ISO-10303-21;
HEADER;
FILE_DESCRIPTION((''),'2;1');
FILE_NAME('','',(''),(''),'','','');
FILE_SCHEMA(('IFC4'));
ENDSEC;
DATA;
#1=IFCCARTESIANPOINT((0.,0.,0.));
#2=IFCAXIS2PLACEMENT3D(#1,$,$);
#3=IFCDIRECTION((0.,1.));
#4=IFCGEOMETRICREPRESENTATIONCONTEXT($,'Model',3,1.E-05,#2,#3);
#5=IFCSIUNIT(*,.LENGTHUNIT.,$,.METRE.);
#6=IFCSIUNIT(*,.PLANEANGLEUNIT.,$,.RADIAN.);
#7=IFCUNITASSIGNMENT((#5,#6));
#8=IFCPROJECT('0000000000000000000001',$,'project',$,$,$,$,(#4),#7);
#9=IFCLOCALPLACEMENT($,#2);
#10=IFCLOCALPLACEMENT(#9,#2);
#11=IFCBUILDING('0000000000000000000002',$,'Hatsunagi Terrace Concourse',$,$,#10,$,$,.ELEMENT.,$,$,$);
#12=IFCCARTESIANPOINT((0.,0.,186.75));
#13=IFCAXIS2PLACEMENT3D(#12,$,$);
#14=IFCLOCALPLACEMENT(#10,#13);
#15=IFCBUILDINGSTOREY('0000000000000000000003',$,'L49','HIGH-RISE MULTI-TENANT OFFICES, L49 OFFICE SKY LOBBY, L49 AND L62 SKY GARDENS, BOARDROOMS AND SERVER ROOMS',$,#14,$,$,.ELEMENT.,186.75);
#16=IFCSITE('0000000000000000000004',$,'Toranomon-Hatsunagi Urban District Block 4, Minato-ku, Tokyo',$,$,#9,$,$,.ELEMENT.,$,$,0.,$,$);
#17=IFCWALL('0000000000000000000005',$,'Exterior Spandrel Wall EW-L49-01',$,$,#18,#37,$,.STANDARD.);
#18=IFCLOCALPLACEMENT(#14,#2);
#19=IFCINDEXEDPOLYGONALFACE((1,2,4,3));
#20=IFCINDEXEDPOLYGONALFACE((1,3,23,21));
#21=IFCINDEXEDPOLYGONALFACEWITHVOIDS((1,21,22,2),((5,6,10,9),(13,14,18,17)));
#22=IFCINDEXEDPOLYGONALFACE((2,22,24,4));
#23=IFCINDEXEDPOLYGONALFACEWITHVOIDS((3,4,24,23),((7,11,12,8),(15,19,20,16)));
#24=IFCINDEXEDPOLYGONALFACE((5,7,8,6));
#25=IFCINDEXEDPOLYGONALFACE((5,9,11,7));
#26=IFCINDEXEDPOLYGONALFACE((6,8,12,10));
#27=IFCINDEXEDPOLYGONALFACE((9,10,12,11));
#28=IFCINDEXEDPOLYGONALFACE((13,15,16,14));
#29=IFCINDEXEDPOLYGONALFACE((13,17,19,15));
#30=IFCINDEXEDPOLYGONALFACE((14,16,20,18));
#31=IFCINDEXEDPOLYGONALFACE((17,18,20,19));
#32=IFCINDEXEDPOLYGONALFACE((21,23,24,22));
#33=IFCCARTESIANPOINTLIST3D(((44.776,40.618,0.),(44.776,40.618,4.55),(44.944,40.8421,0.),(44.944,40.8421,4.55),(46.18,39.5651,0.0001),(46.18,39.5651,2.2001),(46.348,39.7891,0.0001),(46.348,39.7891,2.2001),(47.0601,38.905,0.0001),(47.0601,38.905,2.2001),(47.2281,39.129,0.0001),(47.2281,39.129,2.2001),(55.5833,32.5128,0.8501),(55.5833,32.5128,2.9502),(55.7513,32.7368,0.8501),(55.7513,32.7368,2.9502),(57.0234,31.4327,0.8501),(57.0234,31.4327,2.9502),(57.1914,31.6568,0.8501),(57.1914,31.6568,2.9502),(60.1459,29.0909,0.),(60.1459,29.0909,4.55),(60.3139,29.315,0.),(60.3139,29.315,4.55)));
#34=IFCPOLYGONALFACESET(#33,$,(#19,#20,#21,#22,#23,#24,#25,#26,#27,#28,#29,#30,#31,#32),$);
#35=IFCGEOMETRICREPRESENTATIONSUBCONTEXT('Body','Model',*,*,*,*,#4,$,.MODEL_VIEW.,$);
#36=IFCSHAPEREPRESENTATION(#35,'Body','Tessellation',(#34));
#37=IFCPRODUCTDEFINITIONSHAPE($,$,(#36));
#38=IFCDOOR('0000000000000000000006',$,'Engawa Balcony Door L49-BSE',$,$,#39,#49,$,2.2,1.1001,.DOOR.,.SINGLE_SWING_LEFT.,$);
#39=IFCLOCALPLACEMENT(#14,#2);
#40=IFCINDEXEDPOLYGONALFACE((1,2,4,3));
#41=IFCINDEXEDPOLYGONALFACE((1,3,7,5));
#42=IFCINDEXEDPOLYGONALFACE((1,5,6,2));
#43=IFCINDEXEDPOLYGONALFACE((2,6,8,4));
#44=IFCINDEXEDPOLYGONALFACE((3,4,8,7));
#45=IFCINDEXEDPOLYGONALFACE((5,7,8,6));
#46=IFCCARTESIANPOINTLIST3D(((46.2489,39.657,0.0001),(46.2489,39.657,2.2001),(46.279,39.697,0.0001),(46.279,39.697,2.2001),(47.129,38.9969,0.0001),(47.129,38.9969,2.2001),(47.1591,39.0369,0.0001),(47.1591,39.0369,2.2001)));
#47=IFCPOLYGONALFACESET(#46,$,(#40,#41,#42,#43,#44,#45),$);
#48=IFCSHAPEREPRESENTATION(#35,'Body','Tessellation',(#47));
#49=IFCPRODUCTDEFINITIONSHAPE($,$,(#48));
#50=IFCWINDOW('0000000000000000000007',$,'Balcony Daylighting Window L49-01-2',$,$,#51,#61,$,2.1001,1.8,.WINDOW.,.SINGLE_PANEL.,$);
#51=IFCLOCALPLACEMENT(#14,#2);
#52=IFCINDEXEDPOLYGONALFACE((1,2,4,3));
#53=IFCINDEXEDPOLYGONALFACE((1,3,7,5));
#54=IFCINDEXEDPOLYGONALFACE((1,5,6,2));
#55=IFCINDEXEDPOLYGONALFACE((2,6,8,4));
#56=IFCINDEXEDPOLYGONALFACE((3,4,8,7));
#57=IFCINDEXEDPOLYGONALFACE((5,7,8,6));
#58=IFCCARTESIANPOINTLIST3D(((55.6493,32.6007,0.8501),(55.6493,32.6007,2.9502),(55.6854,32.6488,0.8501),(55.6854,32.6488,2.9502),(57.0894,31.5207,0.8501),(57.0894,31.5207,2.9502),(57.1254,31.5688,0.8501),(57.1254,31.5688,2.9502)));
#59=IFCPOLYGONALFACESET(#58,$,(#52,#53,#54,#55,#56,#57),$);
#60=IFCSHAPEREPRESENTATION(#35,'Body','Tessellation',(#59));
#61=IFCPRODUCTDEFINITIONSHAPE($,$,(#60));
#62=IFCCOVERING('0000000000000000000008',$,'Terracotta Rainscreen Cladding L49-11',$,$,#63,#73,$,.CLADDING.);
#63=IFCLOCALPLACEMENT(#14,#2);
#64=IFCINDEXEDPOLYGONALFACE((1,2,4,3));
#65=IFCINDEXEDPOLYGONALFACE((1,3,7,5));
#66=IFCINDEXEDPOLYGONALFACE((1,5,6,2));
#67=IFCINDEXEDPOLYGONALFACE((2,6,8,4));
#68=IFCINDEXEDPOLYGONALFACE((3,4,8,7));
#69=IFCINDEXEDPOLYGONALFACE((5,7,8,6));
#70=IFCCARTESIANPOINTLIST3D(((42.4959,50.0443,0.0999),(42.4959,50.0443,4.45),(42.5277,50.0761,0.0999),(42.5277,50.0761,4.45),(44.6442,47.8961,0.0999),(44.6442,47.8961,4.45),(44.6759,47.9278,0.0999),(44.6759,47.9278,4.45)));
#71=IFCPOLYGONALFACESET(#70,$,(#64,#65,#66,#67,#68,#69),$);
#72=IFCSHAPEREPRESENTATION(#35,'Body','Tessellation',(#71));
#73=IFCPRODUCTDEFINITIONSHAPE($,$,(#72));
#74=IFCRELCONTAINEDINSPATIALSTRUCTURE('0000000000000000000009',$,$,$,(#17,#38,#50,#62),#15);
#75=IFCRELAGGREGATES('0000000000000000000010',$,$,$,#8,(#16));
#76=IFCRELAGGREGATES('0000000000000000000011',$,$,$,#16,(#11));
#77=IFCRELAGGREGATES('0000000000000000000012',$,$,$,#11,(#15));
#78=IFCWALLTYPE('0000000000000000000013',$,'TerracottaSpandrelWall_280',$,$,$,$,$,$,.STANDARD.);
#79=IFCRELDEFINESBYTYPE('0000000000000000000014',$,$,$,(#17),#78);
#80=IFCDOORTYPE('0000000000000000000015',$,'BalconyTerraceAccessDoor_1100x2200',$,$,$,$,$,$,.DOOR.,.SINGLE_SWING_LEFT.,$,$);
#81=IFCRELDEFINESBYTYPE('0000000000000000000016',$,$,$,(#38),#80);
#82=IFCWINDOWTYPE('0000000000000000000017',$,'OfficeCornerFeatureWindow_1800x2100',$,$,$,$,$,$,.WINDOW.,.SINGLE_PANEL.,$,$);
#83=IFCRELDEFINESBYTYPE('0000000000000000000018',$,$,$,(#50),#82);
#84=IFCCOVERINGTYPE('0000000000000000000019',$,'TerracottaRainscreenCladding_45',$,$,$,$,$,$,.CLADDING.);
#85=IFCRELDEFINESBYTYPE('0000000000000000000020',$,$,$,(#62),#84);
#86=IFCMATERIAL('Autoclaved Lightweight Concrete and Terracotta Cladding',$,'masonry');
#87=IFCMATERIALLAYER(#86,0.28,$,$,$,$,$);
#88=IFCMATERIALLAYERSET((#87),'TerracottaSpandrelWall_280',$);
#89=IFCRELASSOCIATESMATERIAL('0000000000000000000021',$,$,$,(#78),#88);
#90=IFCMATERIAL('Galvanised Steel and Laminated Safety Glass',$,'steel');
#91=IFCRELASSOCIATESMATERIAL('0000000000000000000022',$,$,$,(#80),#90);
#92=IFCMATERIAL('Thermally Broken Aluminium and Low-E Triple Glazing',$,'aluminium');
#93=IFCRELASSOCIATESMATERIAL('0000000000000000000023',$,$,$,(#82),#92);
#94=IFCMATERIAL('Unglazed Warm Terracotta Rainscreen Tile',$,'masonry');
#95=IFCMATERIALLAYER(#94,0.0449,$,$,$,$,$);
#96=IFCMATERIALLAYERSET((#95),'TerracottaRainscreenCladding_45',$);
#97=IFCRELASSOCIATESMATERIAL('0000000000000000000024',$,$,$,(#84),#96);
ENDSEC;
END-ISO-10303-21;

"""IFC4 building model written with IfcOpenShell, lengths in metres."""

from ifc_helpers import new_model, si_unit, direction, frame, frame_2d, origin, origin_2d, place, context, subcontext, project, spatial, rectangle, extrude, material, layer, layer_set, type_object, element, fill, save


model = new_model("IFC4")

# Units and contexts
model_context = context("Model", 3, precision=1e-05, world=origin(), true_north=direction((0.0, 1.0)))
body_context = subcontext(model_context, "Body", "Model", "MODEL_VIEW")
ifc_project = project(units=[si_unit("LENGTHUNIT", "METRE"), si_unit("PLANEANGLEUNIT", "RADIAN")], contexts=[model_context])

# Site, building, storey
site_placement = place(None, origin())
site = spatial("IfcSite", under=ifc_project, at=site_placement, Name="Toranomon-Hatsunagi Urban District Block 4, Minato-ku, Tokyo", CompositionType="ELEMENT", RefElevation=0.0)
building_placement = place(site_placement, origin())
building = spatial("IfcBuilding", under=site, at=building_placement, Name="Hatsunagi Terrace Concourse", CompositionType="ELEMENT")
storey_placement = place(building_placement, frame((0.0, 0.0, 186.75)))
storey = spatial("IfcBuildingStorey", under=building, at=storey_placement, Name="L49", Description="HIGH-RISE MULTI-TENANT OFFICES, L49 OFFICE SKY LOBBY, L49 AND L62 SKY GARDENS, BOARDROOMS AND SERVER ROOMS", CompositionType="ELEMENT", Elevation=186.75)

# Wall, openings, door, window
ifc_material_1 = material(Name="Autoclaved Lightweight Concrete and Terracotta Cladding", Category="masonry")
ifc_layer_1 = layer(ifc_material_1, 0.28)
ifc_layer_set_1 = layer_set([ifc_layer_1], Name="TerracottaSpandrelWall_280")
wall_type = type_object("IfcWallType", Name="TerracottaSpandrelWall_280", PredefinedType="STANDARD", material=ifc_layer_set_1)
wall_placement = place(storey_placement, frame((44.8601, 40.73, 0.0), z_axis=(0.0, 0.0, 1.0), x_axis=(0.800008, -0.59999, 0.0)))
wall = element("IfcWall", 1, at=wall_placement, inside=storey, type_object=wall_type, Name="Exterior Spandrel Wall EW-L49-01", PredefinedType="STANDARD", context=body_context, shape_type="SweptSolid", body=[
    extrude(rectangle(XDim=19.2122, YDim=0.28, at=frame_2d((9.606, 0.0))), origin(), (0.0, 0.0, 1.0), 4.55),
])
opening_1_placement = place(wall_placement, frame((1.7549, 0.0, 0.0)))
opening_1 = element("IfcOpeningElement", 2, at=opening_1_placement, cuts=wall, PredefinedType="OPENING", context=body_context, shape_type="SweptSolid", body=[
    extrude(rectangle(XDim=1.1001, YDim=2.2, at=frame_2d((0.55, 1.1001))), frame((0.0, 0.1499, 0.0), z_axis=(0.0, -1.0, 0.0), x_axis=(1.0, 0.0, 0.0)), (0.0, 0.0, 1.0), 0.3),
])
opening_2_placement = place(wall_placement, frame((13.509, 0.0, 0.8501)))
opening_2 = element("IfcOpeningElement", 3, at=opening_2_placement, cuts=wall, PredefinedType="OPENING", context=body_context, shape_type="SweptSolid", body=[
    extrude(rectangle(XDim=1.8, YDim=2.1001, at=frame_2d((0.8999, 1.05))), frame((0.0, 0.1499, 0.0), z_axis=(0.0, -1.0, 0.0), x_axis=(1.0, 0.0, 0.0)), (0.0, 0.0, 1.0), 0.3),
])
ifc_material_2 = material(Name="Galvanised Steel and Laminated Safety Glass", Category="steel")
door_type = type_object("IfcDoorType", Name="BalconyTerraceAccessDoor_1100x2200", OperationType="SINGLE_SWING_LEFT", PredefinedType="DOOR", material=ifc_material_2)
door_placement = place(opening_1_placement, origin())
door = element("IfcDoor", 4, at=door_placement, inside=storey, type_object=door_type, Name="Engawa Balcony Door L49-BSE", OperationType="SINGLE_SWING_LEFT", OverallHeight=2.2, OverallWidth=1.1001, PredefinedType="DOOR", context=body_context, shape_type="SweptSolid", body=[
    extrude(rectangle(XDim=1.1001, YDim=2.2, at=frame_2d((0.55, 1.1001))), frame((0.0, 0.0249, 0.0), z_axis=(0.0, -1.0, 0.0), x_axis=(1.0, 0.0, 0.0)), (0.0, 0.0, 1.0), 0.05),
])
fill(opening_1, door)
ifc_material_3 = material(Name="Thermally Broken Aluminium and Low-E Triple Glazing", Category="aluminium")
window_type = type_object("IfcWindowType", Name="OfficeCornerFeatureWindow_1800x2100", PartitioningType="SINGLE_PANEL", PredefinedType="WINDOW", material=ifc_material_3)
window_placement = place(opening_2_placement, origin())
window = element("IfcWindow", 5, at=window_placement, inside=storey, type_object=window_type, Name="Balcony Daylighting Window L49-01-2", OverallHeight=2.1001, OverallWidth=1.8, PartitioningType="SINGLE_PANEL", PredefinedType="WINDOW", context=body_context, shape_type="SweptSolid", body=[
    extrude(rectangle(XDim=1.8, YDim=2.1001, at=frame_2d((0.8999, 1.05))), frame((0.0, 0.03, 0.0), z_axis=(0.0, -1.0, 0.0), x_axis=(1.0, 0.0, 0.0)), (0.0, 0.0, 1.0), 0.0601),
])
fill(opening_2, window)

# Covering
ifc_material_4 = material(Name="Unglazed Warm Terracotta Rainscreen Tile", Category="masonry")
ifc_layer_2 = layer(ifc_material_4, 0.0449)
ifc_layer_set_2 = layer_set([ifc_layer_2], Name="TerracottaRainscreenCladding_45")
covering_type = type_object("IfcCoveringType", Name="TerracottaRainscreenCladding_45", PredefinedType="CLADDING", material=ifc_layer_set_2)
covering_placement = place(storey_placement, frame((43.5859, 48.9861, 0.0999), z_axis=(0.0, 0.0, 1.0), x_axis=(0.707107, -0.707107, 0.0)))
element("IfcCovering", 6, at=covering_placement, inside=storey, type_object=covering_type, Name="Terracotta Rainscreen Cladding L49-11", PredefinedType="CLADDING", context=body_context, shape_type="SweptSolid", body=[
    extrude(rectangle(XDim=3.0381, YDim=0.0449, at=origin_2d()), origin(), (0.0, 0.0, 1.0), 4.3501),
])

save(model, "model.ifc")
